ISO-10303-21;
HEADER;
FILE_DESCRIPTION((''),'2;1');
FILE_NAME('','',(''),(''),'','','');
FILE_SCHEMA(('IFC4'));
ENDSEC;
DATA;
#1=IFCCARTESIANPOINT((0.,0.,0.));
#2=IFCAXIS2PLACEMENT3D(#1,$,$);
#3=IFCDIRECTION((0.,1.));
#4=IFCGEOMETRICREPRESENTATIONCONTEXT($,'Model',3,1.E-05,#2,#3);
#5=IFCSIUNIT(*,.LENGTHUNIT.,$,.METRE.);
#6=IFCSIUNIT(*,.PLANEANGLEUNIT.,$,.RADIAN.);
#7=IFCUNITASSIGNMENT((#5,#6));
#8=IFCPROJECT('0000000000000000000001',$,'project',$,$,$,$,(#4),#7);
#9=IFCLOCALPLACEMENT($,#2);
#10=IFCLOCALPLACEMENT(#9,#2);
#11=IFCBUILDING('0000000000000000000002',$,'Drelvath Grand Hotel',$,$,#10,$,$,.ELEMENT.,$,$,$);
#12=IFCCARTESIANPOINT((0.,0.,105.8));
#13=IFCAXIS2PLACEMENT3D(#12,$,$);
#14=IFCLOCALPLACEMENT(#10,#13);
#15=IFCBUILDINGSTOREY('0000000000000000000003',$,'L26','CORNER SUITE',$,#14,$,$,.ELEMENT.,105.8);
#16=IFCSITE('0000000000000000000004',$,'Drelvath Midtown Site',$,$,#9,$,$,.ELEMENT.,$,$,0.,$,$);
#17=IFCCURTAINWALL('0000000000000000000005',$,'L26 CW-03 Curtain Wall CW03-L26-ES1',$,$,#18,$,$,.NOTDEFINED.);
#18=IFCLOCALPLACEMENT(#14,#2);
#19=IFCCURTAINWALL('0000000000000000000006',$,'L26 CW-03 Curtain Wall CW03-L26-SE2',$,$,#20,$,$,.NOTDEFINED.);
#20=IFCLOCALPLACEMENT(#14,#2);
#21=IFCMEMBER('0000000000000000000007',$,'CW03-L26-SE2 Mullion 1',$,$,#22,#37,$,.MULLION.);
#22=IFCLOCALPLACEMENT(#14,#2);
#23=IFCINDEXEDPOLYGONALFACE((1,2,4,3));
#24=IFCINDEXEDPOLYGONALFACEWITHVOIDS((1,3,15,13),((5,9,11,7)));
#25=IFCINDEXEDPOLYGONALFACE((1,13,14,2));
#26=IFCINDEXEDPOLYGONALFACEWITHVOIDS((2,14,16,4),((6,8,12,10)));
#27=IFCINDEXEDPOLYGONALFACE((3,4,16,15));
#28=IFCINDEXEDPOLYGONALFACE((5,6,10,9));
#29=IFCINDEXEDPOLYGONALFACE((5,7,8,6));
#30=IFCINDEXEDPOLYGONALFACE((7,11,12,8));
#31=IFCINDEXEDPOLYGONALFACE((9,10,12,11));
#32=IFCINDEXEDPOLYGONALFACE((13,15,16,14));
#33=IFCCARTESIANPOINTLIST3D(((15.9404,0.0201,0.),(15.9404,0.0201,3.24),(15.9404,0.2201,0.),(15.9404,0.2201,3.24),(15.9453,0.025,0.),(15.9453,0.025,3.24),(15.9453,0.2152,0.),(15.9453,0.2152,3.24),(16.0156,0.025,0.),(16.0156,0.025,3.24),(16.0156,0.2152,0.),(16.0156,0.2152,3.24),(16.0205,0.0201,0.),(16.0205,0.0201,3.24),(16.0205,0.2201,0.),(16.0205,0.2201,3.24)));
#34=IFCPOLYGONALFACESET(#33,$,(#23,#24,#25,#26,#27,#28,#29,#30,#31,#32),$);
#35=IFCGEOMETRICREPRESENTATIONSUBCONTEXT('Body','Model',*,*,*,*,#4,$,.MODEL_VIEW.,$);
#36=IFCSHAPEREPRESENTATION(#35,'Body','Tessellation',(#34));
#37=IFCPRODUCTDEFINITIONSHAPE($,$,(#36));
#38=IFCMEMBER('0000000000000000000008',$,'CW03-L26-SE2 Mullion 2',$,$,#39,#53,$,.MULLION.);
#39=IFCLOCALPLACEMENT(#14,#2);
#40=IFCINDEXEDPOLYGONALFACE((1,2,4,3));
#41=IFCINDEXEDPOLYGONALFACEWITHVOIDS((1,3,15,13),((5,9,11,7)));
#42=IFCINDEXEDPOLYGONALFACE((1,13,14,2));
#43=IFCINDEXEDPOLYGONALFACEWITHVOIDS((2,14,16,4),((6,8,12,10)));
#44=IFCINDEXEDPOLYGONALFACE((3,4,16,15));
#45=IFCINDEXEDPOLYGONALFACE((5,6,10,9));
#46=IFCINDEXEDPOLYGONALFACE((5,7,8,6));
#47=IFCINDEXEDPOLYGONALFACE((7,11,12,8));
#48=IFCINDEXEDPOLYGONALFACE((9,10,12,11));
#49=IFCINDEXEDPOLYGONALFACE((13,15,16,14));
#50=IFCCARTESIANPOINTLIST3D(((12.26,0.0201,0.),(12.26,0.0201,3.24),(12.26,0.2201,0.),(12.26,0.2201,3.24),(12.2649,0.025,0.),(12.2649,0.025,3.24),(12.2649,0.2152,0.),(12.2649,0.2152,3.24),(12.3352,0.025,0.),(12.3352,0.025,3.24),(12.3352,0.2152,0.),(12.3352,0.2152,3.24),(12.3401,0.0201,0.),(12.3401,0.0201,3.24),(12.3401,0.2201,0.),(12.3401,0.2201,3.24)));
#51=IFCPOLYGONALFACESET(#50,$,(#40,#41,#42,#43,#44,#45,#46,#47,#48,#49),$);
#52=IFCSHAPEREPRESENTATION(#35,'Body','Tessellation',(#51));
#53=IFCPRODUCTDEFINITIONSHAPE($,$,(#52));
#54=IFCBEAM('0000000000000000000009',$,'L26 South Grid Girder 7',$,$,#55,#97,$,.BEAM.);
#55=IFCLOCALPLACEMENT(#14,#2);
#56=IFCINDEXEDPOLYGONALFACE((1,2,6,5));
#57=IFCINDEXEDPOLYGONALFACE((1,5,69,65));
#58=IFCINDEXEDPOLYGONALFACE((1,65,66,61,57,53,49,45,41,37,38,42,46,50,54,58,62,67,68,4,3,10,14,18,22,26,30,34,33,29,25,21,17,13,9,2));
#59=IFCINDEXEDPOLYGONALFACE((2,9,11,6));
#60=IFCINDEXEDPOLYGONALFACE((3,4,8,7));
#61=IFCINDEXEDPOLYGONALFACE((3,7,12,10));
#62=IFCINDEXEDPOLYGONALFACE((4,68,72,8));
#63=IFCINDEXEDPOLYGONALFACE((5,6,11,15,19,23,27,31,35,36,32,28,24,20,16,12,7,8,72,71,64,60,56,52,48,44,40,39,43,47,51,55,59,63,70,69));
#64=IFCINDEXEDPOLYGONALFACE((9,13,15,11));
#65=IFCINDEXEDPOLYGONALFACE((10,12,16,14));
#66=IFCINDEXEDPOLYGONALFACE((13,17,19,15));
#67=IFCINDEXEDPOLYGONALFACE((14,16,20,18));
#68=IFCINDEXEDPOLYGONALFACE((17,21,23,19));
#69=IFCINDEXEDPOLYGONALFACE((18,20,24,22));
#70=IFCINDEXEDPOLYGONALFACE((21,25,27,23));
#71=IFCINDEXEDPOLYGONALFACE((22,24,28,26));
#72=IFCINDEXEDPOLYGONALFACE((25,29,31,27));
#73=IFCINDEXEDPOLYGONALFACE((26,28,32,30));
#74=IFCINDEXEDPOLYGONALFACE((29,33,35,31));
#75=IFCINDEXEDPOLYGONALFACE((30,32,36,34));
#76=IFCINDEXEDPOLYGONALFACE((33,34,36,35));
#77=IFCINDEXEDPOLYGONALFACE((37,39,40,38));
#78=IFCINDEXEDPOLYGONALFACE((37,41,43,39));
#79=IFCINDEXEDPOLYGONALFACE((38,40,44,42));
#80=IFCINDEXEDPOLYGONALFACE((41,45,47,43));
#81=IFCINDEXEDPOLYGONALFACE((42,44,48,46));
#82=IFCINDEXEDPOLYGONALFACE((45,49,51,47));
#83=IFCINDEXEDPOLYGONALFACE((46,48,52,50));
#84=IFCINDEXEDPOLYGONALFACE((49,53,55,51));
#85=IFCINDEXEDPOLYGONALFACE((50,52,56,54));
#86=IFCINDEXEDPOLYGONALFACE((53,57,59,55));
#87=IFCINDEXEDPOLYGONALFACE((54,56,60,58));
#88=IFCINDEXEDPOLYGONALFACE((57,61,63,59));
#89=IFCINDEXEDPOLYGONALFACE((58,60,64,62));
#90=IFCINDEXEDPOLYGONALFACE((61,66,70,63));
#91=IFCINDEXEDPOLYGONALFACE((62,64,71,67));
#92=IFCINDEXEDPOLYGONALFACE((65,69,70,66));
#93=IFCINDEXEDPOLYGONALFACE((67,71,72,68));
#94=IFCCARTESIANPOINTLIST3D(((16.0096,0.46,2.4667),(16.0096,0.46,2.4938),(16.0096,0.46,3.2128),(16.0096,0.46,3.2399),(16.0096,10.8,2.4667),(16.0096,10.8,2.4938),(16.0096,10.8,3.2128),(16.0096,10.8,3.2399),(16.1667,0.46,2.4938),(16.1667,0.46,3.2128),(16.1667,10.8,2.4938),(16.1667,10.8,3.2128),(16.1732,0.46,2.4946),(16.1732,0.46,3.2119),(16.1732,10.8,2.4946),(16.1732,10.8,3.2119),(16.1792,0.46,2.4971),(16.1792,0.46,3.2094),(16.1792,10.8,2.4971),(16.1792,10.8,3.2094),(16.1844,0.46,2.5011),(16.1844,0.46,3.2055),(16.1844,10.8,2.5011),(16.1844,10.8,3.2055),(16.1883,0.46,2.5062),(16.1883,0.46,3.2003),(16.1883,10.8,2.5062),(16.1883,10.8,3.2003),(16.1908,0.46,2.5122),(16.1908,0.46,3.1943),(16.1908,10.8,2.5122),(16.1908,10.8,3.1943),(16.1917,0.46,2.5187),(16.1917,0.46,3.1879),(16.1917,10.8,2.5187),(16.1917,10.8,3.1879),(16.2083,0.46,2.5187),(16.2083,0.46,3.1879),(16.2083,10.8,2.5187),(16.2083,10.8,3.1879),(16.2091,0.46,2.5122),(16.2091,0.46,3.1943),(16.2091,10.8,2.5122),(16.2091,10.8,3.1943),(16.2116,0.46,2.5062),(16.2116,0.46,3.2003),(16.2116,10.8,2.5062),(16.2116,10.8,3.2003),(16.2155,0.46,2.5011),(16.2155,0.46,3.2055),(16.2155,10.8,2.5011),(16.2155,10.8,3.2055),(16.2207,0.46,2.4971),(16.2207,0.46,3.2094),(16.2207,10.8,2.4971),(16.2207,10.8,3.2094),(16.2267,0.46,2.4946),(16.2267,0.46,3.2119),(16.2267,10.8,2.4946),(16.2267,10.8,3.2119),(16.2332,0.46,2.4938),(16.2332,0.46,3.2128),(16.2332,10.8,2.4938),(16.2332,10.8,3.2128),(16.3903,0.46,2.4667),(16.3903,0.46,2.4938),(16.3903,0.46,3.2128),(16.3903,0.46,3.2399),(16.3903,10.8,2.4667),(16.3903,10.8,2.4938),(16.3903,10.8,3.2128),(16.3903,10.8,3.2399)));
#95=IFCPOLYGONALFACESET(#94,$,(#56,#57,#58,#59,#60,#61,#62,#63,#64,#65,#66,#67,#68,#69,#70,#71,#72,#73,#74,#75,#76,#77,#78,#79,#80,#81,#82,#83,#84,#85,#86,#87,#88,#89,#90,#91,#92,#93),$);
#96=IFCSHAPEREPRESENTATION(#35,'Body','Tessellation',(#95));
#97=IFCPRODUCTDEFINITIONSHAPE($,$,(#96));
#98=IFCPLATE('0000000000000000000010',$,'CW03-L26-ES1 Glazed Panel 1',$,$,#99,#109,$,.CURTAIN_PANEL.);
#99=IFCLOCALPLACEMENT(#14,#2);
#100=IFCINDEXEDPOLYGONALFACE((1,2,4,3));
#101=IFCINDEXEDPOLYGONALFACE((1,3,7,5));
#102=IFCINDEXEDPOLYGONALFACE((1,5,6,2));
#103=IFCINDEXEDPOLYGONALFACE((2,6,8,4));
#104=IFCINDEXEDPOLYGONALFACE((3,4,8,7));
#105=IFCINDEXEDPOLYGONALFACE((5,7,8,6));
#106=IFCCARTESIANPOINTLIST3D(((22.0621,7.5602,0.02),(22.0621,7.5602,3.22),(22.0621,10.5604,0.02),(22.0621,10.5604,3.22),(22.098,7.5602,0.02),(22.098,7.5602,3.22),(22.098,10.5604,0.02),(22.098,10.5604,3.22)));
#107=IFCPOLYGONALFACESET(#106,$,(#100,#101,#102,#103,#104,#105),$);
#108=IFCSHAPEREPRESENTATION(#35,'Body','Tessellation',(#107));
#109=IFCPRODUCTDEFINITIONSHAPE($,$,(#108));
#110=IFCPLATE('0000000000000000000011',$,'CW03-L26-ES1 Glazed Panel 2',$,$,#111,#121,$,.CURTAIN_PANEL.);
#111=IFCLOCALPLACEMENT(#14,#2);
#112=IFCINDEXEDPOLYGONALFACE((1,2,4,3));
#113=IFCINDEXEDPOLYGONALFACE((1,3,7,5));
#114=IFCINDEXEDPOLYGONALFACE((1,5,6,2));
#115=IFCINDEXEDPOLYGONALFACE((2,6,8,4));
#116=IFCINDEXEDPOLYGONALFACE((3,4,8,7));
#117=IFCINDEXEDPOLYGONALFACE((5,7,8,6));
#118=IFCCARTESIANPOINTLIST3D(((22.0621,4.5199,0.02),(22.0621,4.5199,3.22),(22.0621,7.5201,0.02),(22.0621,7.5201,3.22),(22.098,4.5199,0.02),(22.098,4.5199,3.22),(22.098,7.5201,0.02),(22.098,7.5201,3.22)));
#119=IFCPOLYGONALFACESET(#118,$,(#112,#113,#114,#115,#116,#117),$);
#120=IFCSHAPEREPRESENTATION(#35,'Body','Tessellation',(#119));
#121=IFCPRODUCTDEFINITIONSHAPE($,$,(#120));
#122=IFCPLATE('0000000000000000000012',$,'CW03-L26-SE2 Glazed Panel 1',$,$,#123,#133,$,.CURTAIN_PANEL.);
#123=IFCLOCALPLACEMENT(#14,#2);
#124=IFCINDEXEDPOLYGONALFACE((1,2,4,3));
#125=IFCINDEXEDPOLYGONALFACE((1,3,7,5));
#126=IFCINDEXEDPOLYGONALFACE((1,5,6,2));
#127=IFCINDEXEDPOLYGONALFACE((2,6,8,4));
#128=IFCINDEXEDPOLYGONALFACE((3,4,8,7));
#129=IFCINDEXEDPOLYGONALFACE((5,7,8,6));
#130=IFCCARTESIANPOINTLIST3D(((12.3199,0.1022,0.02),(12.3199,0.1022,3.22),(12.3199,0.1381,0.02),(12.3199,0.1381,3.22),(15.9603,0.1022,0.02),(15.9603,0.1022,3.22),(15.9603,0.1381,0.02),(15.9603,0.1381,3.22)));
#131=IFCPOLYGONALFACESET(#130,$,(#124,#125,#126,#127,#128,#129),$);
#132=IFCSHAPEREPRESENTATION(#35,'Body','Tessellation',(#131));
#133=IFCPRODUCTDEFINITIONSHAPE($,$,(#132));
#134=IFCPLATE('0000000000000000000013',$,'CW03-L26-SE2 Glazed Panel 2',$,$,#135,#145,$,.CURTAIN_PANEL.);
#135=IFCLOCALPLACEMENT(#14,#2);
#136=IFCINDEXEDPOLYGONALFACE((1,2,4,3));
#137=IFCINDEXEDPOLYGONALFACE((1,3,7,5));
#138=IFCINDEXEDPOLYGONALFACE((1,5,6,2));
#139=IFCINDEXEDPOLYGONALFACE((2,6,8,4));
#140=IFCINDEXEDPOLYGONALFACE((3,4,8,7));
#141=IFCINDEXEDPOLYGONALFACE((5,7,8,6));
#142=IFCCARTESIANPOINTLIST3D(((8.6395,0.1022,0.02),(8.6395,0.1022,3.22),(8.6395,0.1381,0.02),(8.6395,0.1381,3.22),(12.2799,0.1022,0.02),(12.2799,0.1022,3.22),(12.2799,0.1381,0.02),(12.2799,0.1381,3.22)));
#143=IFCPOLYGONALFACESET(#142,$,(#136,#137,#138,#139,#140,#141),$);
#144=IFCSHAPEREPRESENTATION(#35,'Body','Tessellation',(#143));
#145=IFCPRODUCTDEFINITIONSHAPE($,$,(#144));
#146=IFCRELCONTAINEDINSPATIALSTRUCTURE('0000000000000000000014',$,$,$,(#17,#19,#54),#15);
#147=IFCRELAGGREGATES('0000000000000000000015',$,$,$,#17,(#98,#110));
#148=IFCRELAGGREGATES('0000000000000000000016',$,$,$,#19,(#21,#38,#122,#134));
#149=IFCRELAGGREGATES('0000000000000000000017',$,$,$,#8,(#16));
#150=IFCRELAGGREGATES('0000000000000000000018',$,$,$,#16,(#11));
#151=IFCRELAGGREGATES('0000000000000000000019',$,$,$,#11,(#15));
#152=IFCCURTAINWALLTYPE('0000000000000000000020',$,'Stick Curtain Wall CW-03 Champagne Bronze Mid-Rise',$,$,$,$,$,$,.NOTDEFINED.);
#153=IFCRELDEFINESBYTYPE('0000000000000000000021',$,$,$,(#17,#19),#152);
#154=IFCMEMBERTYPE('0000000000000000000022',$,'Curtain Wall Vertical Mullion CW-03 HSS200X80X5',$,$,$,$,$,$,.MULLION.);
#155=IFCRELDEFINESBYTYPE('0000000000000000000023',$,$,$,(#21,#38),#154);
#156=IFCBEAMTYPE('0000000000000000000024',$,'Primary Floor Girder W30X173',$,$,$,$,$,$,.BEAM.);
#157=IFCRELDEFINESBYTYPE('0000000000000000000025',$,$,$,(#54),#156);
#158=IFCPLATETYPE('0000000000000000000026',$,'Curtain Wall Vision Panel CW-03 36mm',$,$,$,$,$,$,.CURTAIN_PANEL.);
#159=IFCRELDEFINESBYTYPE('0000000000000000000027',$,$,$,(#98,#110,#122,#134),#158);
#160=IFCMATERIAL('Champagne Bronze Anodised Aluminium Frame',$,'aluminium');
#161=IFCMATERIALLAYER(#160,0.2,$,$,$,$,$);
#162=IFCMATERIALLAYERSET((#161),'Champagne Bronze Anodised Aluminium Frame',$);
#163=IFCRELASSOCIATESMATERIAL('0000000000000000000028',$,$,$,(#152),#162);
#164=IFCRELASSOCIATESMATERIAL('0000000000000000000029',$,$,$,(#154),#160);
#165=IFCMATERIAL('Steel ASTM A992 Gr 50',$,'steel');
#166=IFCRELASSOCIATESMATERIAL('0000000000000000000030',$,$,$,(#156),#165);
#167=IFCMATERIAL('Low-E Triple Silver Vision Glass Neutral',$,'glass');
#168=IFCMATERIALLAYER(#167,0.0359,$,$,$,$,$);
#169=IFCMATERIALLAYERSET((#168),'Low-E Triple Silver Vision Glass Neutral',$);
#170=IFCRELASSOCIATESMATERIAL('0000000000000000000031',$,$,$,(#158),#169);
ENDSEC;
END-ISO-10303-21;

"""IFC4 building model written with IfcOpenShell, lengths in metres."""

from ifc_helpers import new_model, si_unit, direction, frame, origin, origin_2d, place, context, subcontext, project, spatial, rectangle, hollow_rectangle, i_section, extrude, material, layer, layer_set, material_profile, profile_set, type_object, element, aggregate, save


model = new_model("IFC4")

# Units and contexts
model_context = context("Model", 3, precision=1e-05, world=origin(), true_north=direction((0.0, 1.0)))
body_context = subcontext(model_context, "Body", "Model", "MODEL_VIEW")
ifc_project = project(units=[si_unit("LENGTHUNIT", "METRE"), si_unit("PLANEANGLEUNIT", "RADIAN")], contexts=[model_context])

# Site, building, storey
site_placement = place(None, origin())
site = spatial("IfcSite", under=ifc_project, at=site_placement, Name="Drelvath Midtown Site", CompositionType="ELEMENT", RefElevation=0.0)
building_placement = place(site_placement, origin())
building = spatial("IfcBuilding", under=site, at=building_placement, Name="Drelvath Grand Hotel", CompositionType="ELEMENT")
storey_placement = place(building_placement, frame((0.0, 0.0, 105.8)))
storey = spatial("IfcBuildingStorey", under=building, at=storey_placement, Name="L26", Description="CORNER SUITE", CompositionType="ELEMENT", Elevation=105.8)

# Shared definitions
ifc_material_1 = material(Name="Steel ASTM A992 Gr 50", Category="steel")

# Curtain walls
ifc_material_2 = material(Name="Champagne Bronze Anodised Aluminium Frame", Category="aluminium")
ifc_layer_1 = layer(ifc_material_2, 0.2)
ifc_layer_set_1 = layer_set([ifc_layer_1], Name="Champagne Bronze Anodised Aluminium Frame")
curtain_wall_type = type_object("IfcCurtainWallType", Name="Stick Curtain Wall CW-03 Champagne Bronze Mid-Rise", PredefinedType="NOTDEFINED", material=ifc_layer_set_1)
curtain_wall_1_placement = place(storey_placement, origin())
curtain_wall_1 = element("IfcCurtainWall", 1, at=curtain_wall_1_placement, inside=storey, type_object=curtain_wall_type, Name="L26 CW-03 Curtain Wall CW03-L26-ES1", PredefinedType="NOTDEFINED")
curtain_wall_2_placement = place(storey_placement, origin())
curtain_wall_2 = element("IfcCurtainWall", 2, at=curtain_wall_2_placement, inside=storey, type_object=curtain_wall_type, Name="L26 CW-03 Curtain Wall CW03-L26-SE2", PredefinedType="NOTDEFINED")

# Members
ifc_material_profile_1 = material_profile(ifc_material_2, hollow_rectangle(XDim=0.0801, YDim=0.2, WallThickness=0.0049, at=origin_2d()), Name="HSS200X80X5")
ifc_profile_set_1 = profile_set([ifc_material_profile_1], Name="Champagne Bronze Anodised Aluminium Frame")
member_type_1 = type_object("IfcMemberType", Name="Curtain Wall Vertical Mullion CW-03 HSS200X80X5", PredefinedType="MULLION", material=ifc_profile_set_1)
member_1_placement = place(storey_placement, frame((15.9805, 0.1201, 0.0), z_axis=(0.0, 0.0, 1.0), x_axis=(1.0, 0.0, 0.0)))
member_1 = element("IfcMember", 3, at=member_1_placement, type_object=member_type_1, Name="CW03-L26-SE2 Mullion 1", PredefinedType="MULLION", context=body_context, shape_type="SweptSolid", body=[
    extrude(hollow_rectangle(XDim=0.0801, YDim=0.2, WallThickness=0.0049, at=origin_2d()), origin(), (0.0, 0.0, 1.0), 3.24),
])
member_2_placement = place(storey_placement, frame((12.3, 0.1201, 0.0), z_axis=(0.0, 0.0, 1.0), x_axis=(1.0, 0.0, 0.0)))
member_2 = element("IfcMember", 4, at=member_2_placement, type_object=member_type_1, Name="CW03-L26-SE2 Mullion 2", PredefinedType="MULLION", context=body_context, shape_type="SweptSolid", body=[
    extrude(hollow_rectangle(XDim=0.0801, YDim=0.2, WallThickness=0.0049, at=origin_2d()), origin(), (0.0, 0.0, 1.0), 3.24),
])

# Beam
ifc_material_profile_2 = material_profile(ifc_material_1, i_section(OverallWidth=0.3806, OverallDepth=0.7732, WebThickness=0.0166, FlangeThickness=0.0271, FilletRadius=0.0249, at=origin_2d()), Name="W30X173")
ifc_profile_set_2 = profile_set([ifc_material_profile_2], Name="Steel ASTM A992 Gr 50")
beam_type_1 = type_object("IfcBeamType", Name="Primary Floor Girder W30X173", PredefinedType="BEAM", material=ifc_profile_set_2)
beam_1_placement = place(storey_placement, frame((16.2, 0.46, 2.8533), z_axis=(0.0, 1.0, 0.0), x_axis=(-1.0, 0.0, 0.0)))
element("IfcBeam", 5, at=beam_1_placement, inside=storey, type_object=beam_type_1, Name="L26 South Grid Girder 7", PredefinedType="BEAM", context=body_context, shape_type="SweptSolid", body=[
    extrude(i_section(OverallWidth=0.3806, OverallDepth=0.7732, WebThickness=0.0166, FlangeThickness=0.0271, FilletRadius=0.0249, at=origin_2d()), origin(), (0.0, 0.0, 1.0), 10.3401),
])

# Plates
ifc_material_3 = material(Name="Low-E Triple Silver Vision Glass Neutral", Category="glass")
ifc_layer_2 = layer(ifc_material_3, 0.0359)
ifc_layer_set_2 = layer_set([ifc_layer_2], Name="Low-E Triple Silver Vision Glass Neutral")
plate_type = type_object("IfcPlateType", Name="Curtain Wall Vision Panel CW-03 36mm", PredefinedType="CURTAIN_PANEL", material=ifc_layer_set_2)
plate_1_placement = place(storey_placement, frame((22.0801, 9.0603, 0.02), z_axis=(0.0, 0.0, 1.0), x_axis=(0.0, -1.0, 0.0)))
plate_1 = element("IfcPlate", 6, at=plate_1_placement, type_object=plate_type, Name="CW03-L26-ES1 Glazed Panel 1", PredefinedType="CURTAIN_PANEL", context=body_context, shape_type="SweptSolid", body=[
    extrude(rectangle(XDim=3.0002, YDim=0.0359, at=origin_2d()), origin(), (0.0, 0.0, 1.0), 3.2),
])
plate_2_placement = place(storey_placement, frame((22.0801, 6.02, 0.02), z_axis=(0.0, 0.0, 1.0), x_axis=(0.0, -1.0, 0.0)))
plate_2 = element("IfcPlate", 7, at=plate_2_placement, type_object=plate_type, Name="CW03-L26-ES1 Glazed Panel 2", PredefinedType="CURTAIN_PANEL", context=body_context, shape_type="SweptSolid", body=[
    extrude(rectangle(XDim=3.0002, YDim=0.0359, at=origin_2d()), origin(), (0.0, 0.0, 1.0), 3.2),
])
aggregate(curtain_wall_1, [plate_1, plate_2])
plate_3_placement = place(storey_placement, frame((14.1401, 0.1201, 0.02), z_axis=(0.0, 0.0, 1.0), x_axis=(-1.0, 0.0, 0.0)))
plate_3 = element("IfcPlate", 8, at=plate_3_placement, type_object=plate_type, Name="CW03-L26-SE2 Glazed Panel 1", PredefinedType="CURTAIN_PANEL", context=body_context, shape_type="SweptSolid", body=[
    extrude(rectangle(XDim=3.6404, YDim=0.0359, at=origin_2d()), origin(), (0.0, 0.0, 1.0), 3.2),
])
plate_4_placement = place(storey_placement, frame((10.4597, 0.1201, 0.02), z_axis=(0.0, 0.0, 1.0), x_axis=(-1.0, 0.0, 0.0)))
plate_4 = element("IfcPlate", 9, at=plate_4_placement, type_object=plate_type, Name="CW03-L26-SE2 Glazed Panel 2", PredefinedType="CURTAIN_PANEL", context=body_context, shape_type="SweptSolid", body=[
    extrude(rectangle(XDim=3.6404, YDim=0.0359, at=origin_2d()), origin(), (0.0, 0.0, 1.0), 3.2),
])
aggregate(curtain_wall_2, [member_1, member_2, plate_3, plate_4])

save(model, "model.ifc")
